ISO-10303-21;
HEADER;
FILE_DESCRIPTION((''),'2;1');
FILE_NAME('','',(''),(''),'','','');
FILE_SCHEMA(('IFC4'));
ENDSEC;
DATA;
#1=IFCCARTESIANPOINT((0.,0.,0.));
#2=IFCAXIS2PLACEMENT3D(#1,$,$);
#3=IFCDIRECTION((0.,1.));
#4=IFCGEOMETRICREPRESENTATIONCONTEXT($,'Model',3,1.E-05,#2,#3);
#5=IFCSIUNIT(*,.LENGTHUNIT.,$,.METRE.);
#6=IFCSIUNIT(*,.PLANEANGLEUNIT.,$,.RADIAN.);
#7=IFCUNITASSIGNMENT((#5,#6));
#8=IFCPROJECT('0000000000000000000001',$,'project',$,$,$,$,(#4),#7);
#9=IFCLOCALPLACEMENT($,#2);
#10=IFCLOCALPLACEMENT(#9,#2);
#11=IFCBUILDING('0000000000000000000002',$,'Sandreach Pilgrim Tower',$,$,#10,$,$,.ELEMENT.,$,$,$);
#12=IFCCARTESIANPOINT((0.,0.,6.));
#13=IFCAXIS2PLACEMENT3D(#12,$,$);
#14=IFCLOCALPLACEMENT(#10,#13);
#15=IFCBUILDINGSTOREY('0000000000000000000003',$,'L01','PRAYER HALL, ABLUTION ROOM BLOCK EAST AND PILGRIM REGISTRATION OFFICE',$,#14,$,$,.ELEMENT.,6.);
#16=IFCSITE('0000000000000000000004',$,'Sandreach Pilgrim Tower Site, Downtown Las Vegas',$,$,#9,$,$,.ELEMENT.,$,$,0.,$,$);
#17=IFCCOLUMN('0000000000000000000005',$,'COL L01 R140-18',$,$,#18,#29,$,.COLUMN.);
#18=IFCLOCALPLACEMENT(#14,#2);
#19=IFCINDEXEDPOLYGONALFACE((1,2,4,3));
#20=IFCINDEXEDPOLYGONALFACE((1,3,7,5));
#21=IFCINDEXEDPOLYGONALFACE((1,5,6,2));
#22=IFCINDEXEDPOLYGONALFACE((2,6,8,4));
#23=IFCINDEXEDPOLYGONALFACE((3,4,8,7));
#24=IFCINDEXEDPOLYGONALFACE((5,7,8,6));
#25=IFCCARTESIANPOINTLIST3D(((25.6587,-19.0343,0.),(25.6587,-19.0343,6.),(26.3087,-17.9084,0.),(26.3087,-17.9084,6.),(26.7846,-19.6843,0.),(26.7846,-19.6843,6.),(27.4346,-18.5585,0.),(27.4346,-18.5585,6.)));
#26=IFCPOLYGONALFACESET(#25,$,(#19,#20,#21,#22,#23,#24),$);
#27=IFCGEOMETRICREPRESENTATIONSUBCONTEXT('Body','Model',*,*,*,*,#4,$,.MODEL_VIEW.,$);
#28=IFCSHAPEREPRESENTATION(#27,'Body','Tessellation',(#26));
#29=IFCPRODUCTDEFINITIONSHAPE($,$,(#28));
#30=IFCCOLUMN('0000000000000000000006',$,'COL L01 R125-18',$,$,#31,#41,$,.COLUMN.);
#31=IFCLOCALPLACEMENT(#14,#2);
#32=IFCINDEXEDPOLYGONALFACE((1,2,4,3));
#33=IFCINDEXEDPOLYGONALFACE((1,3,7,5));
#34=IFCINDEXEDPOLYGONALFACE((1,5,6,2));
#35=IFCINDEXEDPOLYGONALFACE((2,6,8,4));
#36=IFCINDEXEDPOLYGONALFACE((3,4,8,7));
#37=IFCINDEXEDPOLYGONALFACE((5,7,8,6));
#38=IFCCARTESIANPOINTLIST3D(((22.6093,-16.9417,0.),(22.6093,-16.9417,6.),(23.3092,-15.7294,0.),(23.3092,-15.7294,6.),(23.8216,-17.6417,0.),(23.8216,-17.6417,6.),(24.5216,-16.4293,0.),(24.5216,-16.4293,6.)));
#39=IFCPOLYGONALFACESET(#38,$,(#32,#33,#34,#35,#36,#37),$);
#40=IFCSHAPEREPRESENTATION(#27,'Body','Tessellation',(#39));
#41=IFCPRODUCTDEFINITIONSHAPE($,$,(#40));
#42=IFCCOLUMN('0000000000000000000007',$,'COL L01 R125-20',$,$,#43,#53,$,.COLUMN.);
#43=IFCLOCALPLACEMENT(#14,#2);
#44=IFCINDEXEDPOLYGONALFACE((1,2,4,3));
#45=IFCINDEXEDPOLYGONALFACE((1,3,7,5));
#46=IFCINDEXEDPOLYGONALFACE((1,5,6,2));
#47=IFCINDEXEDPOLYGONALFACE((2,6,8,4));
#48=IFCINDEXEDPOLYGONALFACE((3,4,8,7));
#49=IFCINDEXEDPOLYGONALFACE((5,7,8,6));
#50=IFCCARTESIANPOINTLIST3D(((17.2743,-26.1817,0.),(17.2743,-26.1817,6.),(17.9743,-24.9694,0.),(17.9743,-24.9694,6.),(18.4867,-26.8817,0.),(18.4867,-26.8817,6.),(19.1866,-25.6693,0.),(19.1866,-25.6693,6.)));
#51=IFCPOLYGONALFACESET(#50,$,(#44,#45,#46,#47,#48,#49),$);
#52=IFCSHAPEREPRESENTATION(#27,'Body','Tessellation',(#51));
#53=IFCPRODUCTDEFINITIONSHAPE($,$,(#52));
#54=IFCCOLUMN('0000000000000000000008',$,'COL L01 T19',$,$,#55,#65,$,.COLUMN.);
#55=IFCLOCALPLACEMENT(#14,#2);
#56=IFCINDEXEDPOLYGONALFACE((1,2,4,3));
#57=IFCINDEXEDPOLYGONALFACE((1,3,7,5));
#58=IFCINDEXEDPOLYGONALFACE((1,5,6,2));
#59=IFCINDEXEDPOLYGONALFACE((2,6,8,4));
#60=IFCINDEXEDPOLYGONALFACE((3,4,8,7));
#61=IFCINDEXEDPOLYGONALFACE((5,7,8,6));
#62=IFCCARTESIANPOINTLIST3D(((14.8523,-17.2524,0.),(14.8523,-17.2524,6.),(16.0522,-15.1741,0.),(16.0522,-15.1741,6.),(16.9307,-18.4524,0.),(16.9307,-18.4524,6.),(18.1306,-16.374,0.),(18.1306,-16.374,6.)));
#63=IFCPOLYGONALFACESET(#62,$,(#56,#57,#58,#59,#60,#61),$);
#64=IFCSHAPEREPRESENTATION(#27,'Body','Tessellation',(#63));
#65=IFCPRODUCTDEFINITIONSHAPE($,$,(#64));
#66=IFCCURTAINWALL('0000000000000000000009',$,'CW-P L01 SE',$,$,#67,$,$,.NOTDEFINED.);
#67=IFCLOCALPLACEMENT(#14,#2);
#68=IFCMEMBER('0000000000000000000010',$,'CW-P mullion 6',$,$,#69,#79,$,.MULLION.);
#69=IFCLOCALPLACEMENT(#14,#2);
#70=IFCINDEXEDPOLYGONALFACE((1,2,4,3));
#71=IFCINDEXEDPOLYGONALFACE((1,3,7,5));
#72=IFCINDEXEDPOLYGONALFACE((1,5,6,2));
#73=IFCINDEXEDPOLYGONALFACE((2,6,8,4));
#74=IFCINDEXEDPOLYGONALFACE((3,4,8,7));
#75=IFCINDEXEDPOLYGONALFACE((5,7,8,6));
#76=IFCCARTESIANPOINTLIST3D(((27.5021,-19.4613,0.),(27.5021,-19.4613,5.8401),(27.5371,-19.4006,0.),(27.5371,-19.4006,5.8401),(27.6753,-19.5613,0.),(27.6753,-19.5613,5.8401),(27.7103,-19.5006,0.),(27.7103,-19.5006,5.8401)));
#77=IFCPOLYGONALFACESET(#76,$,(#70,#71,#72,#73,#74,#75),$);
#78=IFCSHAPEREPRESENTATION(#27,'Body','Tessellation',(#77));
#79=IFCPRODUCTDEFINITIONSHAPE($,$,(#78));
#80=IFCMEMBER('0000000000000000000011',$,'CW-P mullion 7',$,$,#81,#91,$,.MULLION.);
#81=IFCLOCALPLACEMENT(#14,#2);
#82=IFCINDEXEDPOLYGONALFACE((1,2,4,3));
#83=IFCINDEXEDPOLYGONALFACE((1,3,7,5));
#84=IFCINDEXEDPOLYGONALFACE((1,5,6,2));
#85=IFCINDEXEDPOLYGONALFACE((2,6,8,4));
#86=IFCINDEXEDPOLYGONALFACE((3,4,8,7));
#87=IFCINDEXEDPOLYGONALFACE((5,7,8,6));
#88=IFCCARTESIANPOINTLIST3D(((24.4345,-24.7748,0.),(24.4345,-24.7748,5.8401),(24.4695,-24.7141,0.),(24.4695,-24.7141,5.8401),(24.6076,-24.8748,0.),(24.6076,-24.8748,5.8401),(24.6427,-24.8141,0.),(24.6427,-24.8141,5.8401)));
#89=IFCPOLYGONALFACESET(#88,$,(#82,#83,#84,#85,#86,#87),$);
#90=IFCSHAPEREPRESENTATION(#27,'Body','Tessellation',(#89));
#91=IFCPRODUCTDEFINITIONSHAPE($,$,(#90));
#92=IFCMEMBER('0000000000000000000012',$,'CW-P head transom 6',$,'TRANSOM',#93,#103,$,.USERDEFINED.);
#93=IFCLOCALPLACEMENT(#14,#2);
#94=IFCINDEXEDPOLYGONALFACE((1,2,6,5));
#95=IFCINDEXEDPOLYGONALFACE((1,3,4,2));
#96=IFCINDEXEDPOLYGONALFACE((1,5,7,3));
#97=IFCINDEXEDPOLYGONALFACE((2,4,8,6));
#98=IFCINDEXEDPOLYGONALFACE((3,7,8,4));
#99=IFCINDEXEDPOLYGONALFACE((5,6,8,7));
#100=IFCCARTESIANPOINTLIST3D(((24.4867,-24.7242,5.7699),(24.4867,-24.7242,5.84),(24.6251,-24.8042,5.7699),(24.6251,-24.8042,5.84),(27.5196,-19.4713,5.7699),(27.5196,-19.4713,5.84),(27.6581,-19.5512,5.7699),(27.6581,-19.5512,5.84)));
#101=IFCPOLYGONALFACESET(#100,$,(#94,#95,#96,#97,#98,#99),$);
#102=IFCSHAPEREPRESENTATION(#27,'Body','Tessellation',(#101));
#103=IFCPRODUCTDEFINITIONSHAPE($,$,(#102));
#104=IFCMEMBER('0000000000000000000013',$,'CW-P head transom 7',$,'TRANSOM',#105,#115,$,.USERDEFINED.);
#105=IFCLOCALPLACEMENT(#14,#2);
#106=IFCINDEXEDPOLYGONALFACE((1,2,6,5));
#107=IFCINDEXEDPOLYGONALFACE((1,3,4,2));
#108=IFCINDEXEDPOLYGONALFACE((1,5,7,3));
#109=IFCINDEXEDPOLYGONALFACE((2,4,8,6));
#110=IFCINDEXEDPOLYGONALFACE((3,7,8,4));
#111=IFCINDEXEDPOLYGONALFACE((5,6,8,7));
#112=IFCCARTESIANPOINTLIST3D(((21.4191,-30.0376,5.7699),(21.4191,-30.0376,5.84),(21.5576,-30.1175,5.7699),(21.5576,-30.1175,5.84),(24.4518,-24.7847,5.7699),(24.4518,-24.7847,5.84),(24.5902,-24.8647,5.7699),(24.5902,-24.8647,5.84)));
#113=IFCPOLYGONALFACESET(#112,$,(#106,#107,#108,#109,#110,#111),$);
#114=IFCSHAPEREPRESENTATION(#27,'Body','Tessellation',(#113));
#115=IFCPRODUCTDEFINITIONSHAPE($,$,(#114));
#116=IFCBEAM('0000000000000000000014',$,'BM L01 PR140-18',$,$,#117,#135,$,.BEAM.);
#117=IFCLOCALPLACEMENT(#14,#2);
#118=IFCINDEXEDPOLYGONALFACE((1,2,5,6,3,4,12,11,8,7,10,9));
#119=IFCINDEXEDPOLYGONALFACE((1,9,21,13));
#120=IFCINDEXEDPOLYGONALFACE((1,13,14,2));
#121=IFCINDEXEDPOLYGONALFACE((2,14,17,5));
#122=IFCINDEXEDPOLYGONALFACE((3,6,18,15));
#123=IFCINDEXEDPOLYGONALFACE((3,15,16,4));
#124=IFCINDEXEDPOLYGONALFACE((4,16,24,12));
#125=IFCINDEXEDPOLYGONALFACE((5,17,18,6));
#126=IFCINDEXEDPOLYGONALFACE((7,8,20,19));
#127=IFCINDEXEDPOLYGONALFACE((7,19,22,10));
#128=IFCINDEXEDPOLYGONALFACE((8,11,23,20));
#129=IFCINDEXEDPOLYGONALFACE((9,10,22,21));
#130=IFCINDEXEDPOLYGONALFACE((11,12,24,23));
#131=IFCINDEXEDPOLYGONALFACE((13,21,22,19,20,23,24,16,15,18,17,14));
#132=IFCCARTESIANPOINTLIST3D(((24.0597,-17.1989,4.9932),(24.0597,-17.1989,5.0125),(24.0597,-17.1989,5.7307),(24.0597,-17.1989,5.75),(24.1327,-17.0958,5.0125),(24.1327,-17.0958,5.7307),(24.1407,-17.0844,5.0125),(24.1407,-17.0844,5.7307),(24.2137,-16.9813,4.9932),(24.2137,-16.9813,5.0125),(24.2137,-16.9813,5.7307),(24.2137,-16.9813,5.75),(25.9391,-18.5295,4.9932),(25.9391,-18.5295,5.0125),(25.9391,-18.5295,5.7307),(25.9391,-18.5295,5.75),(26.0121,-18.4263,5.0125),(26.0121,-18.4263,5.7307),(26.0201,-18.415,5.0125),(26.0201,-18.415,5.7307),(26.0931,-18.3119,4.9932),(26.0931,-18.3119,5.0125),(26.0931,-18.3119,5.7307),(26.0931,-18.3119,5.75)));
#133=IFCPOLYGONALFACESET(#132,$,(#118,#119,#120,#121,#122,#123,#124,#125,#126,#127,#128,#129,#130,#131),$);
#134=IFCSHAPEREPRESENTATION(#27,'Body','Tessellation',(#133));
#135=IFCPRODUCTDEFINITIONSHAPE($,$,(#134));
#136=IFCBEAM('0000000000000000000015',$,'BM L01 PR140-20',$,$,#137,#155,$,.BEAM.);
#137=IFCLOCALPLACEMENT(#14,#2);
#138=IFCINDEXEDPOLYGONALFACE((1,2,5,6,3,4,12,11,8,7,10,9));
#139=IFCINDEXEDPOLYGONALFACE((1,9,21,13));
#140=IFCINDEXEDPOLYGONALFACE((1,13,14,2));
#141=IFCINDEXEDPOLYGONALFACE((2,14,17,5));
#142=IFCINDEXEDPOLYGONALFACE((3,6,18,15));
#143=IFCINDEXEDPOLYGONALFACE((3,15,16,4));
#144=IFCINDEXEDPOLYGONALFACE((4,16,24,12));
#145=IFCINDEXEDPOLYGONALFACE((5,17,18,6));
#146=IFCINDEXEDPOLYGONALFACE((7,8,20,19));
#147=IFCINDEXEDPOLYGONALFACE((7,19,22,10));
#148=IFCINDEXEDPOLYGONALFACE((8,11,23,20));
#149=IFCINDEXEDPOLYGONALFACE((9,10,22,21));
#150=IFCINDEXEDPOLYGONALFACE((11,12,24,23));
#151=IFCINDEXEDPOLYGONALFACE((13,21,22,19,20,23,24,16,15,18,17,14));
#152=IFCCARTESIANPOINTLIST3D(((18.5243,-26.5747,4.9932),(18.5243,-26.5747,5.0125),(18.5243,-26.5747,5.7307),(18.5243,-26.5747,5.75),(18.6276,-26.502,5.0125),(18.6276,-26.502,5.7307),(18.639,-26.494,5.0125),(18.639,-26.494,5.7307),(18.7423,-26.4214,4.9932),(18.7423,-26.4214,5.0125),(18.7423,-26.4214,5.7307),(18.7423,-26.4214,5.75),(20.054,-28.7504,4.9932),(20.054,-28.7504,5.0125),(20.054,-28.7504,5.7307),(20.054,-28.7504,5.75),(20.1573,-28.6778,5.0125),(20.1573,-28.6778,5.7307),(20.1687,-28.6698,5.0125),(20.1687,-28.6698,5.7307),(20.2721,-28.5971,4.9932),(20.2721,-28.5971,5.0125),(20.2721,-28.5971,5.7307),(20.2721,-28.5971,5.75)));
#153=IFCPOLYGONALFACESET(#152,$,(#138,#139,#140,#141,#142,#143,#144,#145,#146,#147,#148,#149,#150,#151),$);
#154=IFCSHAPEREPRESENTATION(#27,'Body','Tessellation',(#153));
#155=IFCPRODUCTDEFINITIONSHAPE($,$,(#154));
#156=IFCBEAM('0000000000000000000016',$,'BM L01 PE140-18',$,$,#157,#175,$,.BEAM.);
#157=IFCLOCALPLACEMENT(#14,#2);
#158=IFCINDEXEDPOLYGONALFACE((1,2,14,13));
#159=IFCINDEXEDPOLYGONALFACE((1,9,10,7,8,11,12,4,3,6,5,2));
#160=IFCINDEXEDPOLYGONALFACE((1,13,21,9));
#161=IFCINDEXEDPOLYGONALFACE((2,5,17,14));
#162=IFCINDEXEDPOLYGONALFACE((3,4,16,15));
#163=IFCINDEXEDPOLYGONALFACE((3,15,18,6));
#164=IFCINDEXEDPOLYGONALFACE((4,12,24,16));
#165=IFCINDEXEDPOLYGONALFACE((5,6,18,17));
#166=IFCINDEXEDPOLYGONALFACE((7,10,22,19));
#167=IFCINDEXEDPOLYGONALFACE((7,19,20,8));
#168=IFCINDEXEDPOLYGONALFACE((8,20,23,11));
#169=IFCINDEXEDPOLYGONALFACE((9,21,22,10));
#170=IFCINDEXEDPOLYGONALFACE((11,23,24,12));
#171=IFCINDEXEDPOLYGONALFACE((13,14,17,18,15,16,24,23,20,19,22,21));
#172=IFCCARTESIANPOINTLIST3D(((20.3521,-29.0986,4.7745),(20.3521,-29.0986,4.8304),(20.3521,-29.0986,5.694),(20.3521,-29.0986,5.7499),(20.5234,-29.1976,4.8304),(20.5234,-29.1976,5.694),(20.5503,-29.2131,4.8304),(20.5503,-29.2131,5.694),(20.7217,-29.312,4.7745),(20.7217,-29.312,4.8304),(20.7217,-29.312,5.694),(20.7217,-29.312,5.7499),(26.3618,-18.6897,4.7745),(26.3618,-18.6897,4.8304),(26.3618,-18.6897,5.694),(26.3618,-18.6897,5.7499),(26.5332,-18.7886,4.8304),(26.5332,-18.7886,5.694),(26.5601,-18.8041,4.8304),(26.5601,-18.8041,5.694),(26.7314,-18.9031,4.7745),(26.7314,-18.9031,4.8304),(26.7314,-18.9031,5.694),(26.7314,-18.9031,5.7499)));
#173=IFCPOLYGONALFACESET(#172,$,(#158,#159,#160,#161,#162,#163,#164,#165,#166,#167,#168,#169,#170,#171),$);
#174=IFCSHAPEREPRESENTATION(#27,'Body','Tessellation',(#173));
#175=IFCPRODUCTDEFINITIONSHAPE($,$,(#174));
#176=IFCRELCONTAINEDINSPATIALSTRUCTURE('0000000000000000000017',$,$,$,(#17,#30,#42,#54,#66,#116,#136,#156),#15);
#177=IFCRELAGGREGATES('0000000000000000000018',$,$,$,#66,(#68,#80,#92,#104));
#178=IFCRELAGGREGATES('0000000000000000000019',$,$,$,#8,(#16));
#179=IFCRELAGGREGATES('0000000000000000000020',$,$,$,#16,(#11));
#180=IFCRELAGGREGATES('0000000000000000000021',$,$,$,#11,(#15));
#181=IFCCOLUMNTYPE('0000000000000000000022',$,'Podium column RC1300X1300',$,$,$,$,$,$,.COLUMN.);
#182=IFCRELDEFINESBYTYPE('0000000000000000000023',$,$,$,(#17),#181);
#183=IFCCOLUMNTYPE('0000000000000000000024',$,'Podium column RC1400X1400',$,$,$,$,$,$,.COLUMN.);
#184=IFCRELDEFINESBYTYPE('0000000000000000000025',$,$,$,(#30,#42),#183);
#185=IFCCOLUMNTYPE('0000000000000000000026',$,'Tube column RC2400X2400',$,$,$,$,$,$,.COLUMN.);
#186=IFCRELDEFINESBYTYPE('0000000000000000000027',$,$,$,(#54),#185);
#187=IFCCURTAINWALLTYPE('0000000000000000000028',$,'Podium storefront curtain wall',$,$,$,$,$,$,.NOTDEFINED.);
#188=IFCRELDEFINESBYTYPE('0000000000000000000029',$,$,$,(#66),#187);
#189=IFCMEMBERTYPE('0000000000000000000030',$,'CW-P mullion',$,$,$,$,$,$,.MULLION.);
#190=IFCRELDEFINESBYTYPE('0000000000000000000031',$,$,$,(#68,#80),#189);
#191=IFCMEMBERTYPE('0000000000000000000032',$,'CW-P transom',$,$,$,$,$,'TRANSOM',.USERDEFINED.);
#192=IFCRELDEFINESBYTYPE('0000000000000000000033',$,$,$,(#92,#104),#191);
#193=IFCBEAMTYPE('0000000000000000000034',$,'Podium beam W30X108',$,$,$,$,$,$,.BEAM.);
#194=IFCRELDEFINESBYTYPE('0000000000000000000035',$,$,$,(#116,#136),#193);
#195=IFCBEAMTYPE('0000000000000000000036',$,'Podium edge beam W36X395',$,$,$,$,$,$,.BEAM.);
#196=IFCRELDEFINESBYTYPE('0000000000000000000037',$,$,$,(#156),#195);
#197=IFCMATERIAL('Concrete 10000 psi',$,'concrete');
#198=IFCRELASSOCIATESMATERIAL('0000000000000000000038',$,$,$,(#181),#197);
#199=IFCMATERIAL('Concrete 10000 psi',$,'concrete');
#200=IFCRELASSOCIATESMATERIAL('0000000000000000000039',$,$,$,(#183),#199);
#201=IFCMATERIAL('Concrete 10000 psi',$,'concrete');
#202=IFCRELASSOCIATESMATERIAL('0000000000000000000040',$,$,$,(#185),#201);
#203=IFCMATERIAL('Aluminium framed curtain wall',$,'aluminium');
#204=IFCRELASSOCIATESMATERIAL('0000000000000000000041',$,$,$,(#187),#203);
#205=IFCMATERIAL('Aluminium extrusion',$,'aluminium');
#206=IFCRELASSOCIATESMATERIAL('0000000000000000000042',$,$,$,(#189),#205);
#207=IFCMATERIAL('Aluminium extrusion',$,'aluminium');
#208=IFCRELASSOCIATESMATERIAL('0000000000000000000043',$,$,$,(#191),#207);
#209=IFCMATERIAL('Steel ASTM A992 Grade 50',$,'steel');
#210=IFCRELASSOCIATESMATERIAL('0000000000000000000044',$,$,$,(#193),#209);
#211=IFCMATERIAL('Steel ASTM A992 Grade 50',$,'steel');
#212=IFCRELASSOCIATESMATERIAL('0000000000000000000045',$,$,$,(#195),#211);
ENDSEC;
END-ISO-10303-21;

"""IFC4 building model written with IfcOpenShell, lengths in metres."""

from ifc_helpers import new_model, si_unit, direction, frame, origin, origin_2d, place, context, subcontext, project, spatial, rectangle, i_section, extrude, material, material_profile, profile_set, type_object, element, aggregate, save


model = new_model("IFC4")

# Units and contexts
model_context = context("Model", 3, precision=1e-05, world=origin(), true_north=direction((0.0, 1.0)))
body_context = subcontext(model_context, "Body", "Model", "MODEL_VIEW")
ifc_project = project(units=[si_unit("LENGTHUNIT", "METRE"), si_unit("PLANEANGLEUNIT", "RADIAN")], contexts=[model_context])

# Site, building, storey
site_placement = place(None, origin())
site = spatial("IfcSite", under=ifc_project, at=site_placement, Name="Sandreach Pilgrim Tower Site, Downtown Las Vegas", CompositionType="ELEMENT", RefElevation=0.0)
building_placement = place(site_placement, origin())
building = spatial("IfcBuilding", under=site, at=building_placement, Name="Sandreach Pilgrim Tower", CompositionType="ELEMENT")
storey_placement = place(building_placement, frame((0.0, 0.0, 6.0)))
storey = spatial("IfcBuildingStorey", under=building, at=storey_placement, Name="L01", Description="PRAYER HALL, ABLUTION ROOM BLOCK EAST AND PILGRIM REGISTRATION OFFICE", CompositionType="ELEMENT", Elevation=6.0)

# Columns
ifc_material_1 = material(Name="Concrete 10000 psi", Category="concrete")
ifc_material_profile_1 = material_profile(ifc_material_1, rectangle(XDim=1.3, YDim=1.3, at=origin_2d()), Name="RC1300X1300")
ifc_profile_set_1 = profile_set([ifc_material_profile_1], Name="Concrete 10000 psi")
column_type_1 = type_object("IfcColumnType", Name="Podium column RC1300X1300", PredefinedType="COLUMN", material=ifc_profile_set_1)
column_1_placement = place(storey_placement, frame((26.5466, -18.7964, 0.0), z_axis=(0.0, 0.0, 1.0), x_axis=(0.866025, -0.5, 0.0)))
element("IfcColumn", 1, at=column_1_placement, inside=storey, type_object=column_type_1, Name="COL L01 R140-18", PredefinedType="COLUMN", context=body_context, shape_type="SweptSolid", body=[
    extrude(rectangle(XDim=1.3, YDim=1.3, at=origin_2d()), origin(), (0.0, 0.0, 1.0), 6.0),
])
ifc_material_2 = material(Name="Concrete 10000 psi", Category="concrete")
ifc_material_profile_2 = material_profile(ifc_material_2, rectangle(XDim=1.3999, YDim=1.3999, at=origin_2d()), Name="RC1400X1400")
ifc_profile_set_2 = profile_set([ifc_material_profile_2], Name="Concrete 10000 psi")
column_type_2 = type_object("IfcColumnType", Name="Podium column RC1400X1400", PredefinedType="COLUMN", material=ifc_profile_set_2)
for number, where, z_axis, x_axis, name in (
    (2, (23.5654, -16.6855, 0.0), (0.0, 0.0, 1.0), (0.866025, -0.5, 0.0), "COL L01 R125-18"),
    (3, (18.2305, -25.9255, 0.0), (0.0, 0.0, 1.0), (0.866025, -0.5, 0.0), "COL L01 R125-20"),
):
    element("IfcColumn", number, at=place(storey_placement, frame(where, z_axis=z_axis, x_axis=x_axis)), inside=storey, type_object=column_type_2, Name=name, PredefinedType="COLUMN", context=body_context, shape_type="SweptSolid", body=[
        extrude(rectangle(XDim=1.3999, YDim=1.3999, at=origin_2d()), origin(), (0.0, 0.0, 1.0), 6.0),
    ])
ifc_material_3 = material(Name="Concrete 10000 psi", Category="concrete")
ifc_material_profile_3 = material_profile(ifc_material_3, rectangle(XDim=2.3999, YDim=2.3999, at=origin_2d()), Name="RC2400X2400")
ifc_profile_set_3 = profile_set([ifc_material_profile_3], Name="Concrete 10000 psi")
column_type_3 = type_object("IfcColumnType", Name="Tube column RC2400X2400", PredefinedType="COLUMN", material=ifc_profile_set_3)
column_2_placement = place(storey_placement, frame((16.4915, -16.8132, 0.0), z_axis=(0.0, 0.0, 1.0), x_axis=(0.866025, -0.5, 0.0)))
element("IfcColumn", 4, at=column_2_placement, inside=storey, type_object=column_type_3, Name="COL L01 T19", PredefinedType="COLUMN", context=body_context, shape_type="SweptSolid", body=[
    extrude(rectangle(XDim=2.3999, YDim=2.3999, at=origin_2d()), origin(), (0.0, 0.0, 1.0), 6.0),
])

# Curtain wall, members
ifc_material_4 = material(Name="Aluminium framed curtain wall", Category="aluminium")
curtain_wall_type = type_object("IfcCurtainWallType", Name="Podium storefront curtain wall", PredefinedType="NOTDEFINED", material=ifc_material_4)
curtain_wall_placement = place(storey_placement, origin())
curtain_wall = element("IfcCurtainWall", 5, at=curtain_wall_placement, inside=storey, type_object=curtain_wall_type, Name="CW-P L01 SE", PredefinedType="NOTDEFINED")
ifc_material_5 = material(Name="Aluminium extrusion", Category="aluminium")
ifc_material_profile_4 = material_profile(ifc_material_5, rectangle(XDim=0.0701, YDim=0.2, at=origin_2d()), Name="CW-PM 70X200")
ifc_profile_set_4 = profile_set([ifc_material_profile_4], Name="Aluminium extrusion")
member_type_1 = type_object("IfcMemberType", Name="CW-P mullion", PredefinedType="MULLION", material=ifc_profile_set_4)
member_1_placement = place(storey_placement, frame((27.6062, -19.481, 0.0), z_axis=(0.0, 0.0, 1.0), x_axis=(-0.5, -0.866025, 0.0)))
member_1 = element("IfcMember", 6, at=member_1_placement, type_object=member_type_1, Name="CW-P mullion 6", PredefinedType="MULLION", context=body_context, shape_type="SweptSolid", body=[
    extrude(rectangle(XDim=0.0701, YDim=0.2, at=origin_2d()), origin(), (0.0, 0.0, 1.0), 5.8401),
])
member_2_placement = place(storey_placement, frame((24.5386, -24.7944, 0.0), z_axis=(0.0, 0.0, 1.0), x_axis=(-0.5, -0.866025, 0.0)))
member_2 = element("IfcMember", 7, at=member_2_placement, type_object=member_type_1, Name="CW-P mullion 7", PredefinedType="MULLION", context=body_context, shape_type="SweptSolid", body=[
    extrude(rectangle(XDim=0.0701, YDim=0.2, at=origin_2d()), origin(), (0.0, 0.0, 1.0), 5.8401),
])
ifc_material_6 = material(Name="Aluminium extrusion", Category="aluminium")
ifc_material_profile_5 = material_profile(ifc_material_6, rectangle(XDim=0.1599, YDim=0.0701, at=origin_2d()), Name="CW-PT 160X70")
ifc_profile_set_5 = profile_set([ifc_material_profile_5], Name="Aluminium extrusion")
member_type_2 = type_object("IfcMemberType", Name="CW-P transom", ElementType="TRANSOM", PredefinedType="USERDEFINED", material=ifc_profile_set_5)
member_3_placement = place(storey_placement, frame((27.5889, -19.5112, 5.8049), z_axis=(-0.500022, -0.866013, 0.0), x_axis=(0.866013, -0.500022, 0.0)))
member_3 = element("IfcMember", 8, at=member_3_placement, type_object=member_type_2, Name="CW-P head transom 6", ObjectType="TRANSOM", PredefinedType="USERDEFINED", context=body_context, shape_type="SweptSolid", body=[
    extrude(rectangle(XDim=0.1599, YDim=0.0701, at=origin_2d()), origin(), (0.0, 0.0, 1.0), 6.0657),
])
member_4_placement = place(storey_placement, frame((24.521, -24.8247, 5.8049), z_axis=(-0.499992, -0.86603, 0.0), x_axis=(0.86603, -0.499992, 0.0)))
member_4 = element("IfcMember", 9, at=member_4_placement, type_object=member_type_2, Name="CW-P head transom 7", ObjectType="TRANSOM", PredefinedType="USERDEFINED", context=body_context, shape_type="SweptSolid", body=[
    extrude(rectangle(XDim=0.1599, YDim=0.0701, at=origin_2d()), origin(), (0.0, 0.0, 1.0), 6.0654),
])

# Beams
ifc_material_7 = material(Name="Steel ASTM A992 Grade 50", Category="steel")
ifc_material_profile_6 = material_profile(ifc_material_7, i_section(OverallWidth=0.2666, OverallDepth=0.7568, WebThickness=0.0139, FlangeThickness=0.0193, at=origin_2d()), Name="W30X108")
ifc_profile_set_6 = profile_set([ifc_material_profile_6], Name="Steel ASTM A992 Grade 50")
beam_type_1 = type_object("IfcBeamType", Name="Podium beam W30X108", PredefinedType="BEAM", material=ifc_profile_set_6)
beam_1_placement = place(storey_placement, frame((24.1367, -17.0901, 5.3716), z_axis=(0.816162, -0.577823, 0.0), x_axis=(0.577823, 0.816162, 0.0)))
element("IfcBeam", 10, at=beam_1_placement, inside=storey, type_object=beam_type_1, Name="BM L01 PR140-18", PredefinedType="BEAM", context=body_context, shape_type="SweptSolid", body=[
    extrude(i_section(OverallWidth=0.2666, OverallDepth=0.7568, WebThickness=0.0139, FlangeThickness=0.0193, at=origin_2d()), origin(), (0.0, 0.0, 1.0), 2.3027),
])
beam_2_placement = place(storey_placement, frame((18.6333, -26.498, 5.3716), z_axis=(0.575161, -0.81804, 0.0), x_axis=(0.81804, 0.575161, 0.0)))
element("IfcBeam", 11, at=beam_2_placement, inside=storey, type_object=beam_type_1, Name="BM L01 PR140-20", PredefinedType="BEAM", context=body_context, shape_type="SweptSolid", body=[
    extrude(i_section(OverallWidth=0.2666, OverallDepth=0.7568, WebThickness=0.0139, FlangeThickness=0.0193, at=origin_2d()), origin(), (0.0, 0.0, 1.0), 2.6597),
])
ifc_material_8 = material(Name="Steel ASTM A992 Grade 50", Category="steel")
ifc_material_profile_7 = material_profile(ifc_material_8, i_section(OverallWidth=0.4268, OverallDepth=0.9753, WebThickness=0.031, FlangeThickness=0.0559, at=origin_2d()), Name="W36X395")
ifc_profile_set_7 = profile_set([ifc_material_profile_7], Name="Steel ASTM A992 Grade 50")
beam_type_2 = type_object("IfcBeamType", Name="Podium edge beam W36X395", PredefinedType="BEAM", material=ifc_profile_set_7)
beam_3_placement = place(storey_placement, frame((26.5466, -18.7964, 5.2622), z_axis=(-0.50001, -0.866019, 0.0), x_axis=(0.866019, -0.50001, 0.0)))
element("IfcBeam", 12, at=beam_3_placement, inside=storey, type_object=beam_type_2, Name="BM L01 PE140-18", PredefinedType="BEAM", context=body_context, shape_type="SweptSolid", body=[
    extrude(i_section(OverallWidth=0.4268, OverallDepth=0.9753, WebThickness=0.031, FlangeThickness=0.0559, at=origin_2d()), origin(), (0.0, 0.0, 1.0), 12.0193),
])

aggregate(curtain_wall, [member_1, member_2, member_3, member_4])

save(model, "model.ifc")
